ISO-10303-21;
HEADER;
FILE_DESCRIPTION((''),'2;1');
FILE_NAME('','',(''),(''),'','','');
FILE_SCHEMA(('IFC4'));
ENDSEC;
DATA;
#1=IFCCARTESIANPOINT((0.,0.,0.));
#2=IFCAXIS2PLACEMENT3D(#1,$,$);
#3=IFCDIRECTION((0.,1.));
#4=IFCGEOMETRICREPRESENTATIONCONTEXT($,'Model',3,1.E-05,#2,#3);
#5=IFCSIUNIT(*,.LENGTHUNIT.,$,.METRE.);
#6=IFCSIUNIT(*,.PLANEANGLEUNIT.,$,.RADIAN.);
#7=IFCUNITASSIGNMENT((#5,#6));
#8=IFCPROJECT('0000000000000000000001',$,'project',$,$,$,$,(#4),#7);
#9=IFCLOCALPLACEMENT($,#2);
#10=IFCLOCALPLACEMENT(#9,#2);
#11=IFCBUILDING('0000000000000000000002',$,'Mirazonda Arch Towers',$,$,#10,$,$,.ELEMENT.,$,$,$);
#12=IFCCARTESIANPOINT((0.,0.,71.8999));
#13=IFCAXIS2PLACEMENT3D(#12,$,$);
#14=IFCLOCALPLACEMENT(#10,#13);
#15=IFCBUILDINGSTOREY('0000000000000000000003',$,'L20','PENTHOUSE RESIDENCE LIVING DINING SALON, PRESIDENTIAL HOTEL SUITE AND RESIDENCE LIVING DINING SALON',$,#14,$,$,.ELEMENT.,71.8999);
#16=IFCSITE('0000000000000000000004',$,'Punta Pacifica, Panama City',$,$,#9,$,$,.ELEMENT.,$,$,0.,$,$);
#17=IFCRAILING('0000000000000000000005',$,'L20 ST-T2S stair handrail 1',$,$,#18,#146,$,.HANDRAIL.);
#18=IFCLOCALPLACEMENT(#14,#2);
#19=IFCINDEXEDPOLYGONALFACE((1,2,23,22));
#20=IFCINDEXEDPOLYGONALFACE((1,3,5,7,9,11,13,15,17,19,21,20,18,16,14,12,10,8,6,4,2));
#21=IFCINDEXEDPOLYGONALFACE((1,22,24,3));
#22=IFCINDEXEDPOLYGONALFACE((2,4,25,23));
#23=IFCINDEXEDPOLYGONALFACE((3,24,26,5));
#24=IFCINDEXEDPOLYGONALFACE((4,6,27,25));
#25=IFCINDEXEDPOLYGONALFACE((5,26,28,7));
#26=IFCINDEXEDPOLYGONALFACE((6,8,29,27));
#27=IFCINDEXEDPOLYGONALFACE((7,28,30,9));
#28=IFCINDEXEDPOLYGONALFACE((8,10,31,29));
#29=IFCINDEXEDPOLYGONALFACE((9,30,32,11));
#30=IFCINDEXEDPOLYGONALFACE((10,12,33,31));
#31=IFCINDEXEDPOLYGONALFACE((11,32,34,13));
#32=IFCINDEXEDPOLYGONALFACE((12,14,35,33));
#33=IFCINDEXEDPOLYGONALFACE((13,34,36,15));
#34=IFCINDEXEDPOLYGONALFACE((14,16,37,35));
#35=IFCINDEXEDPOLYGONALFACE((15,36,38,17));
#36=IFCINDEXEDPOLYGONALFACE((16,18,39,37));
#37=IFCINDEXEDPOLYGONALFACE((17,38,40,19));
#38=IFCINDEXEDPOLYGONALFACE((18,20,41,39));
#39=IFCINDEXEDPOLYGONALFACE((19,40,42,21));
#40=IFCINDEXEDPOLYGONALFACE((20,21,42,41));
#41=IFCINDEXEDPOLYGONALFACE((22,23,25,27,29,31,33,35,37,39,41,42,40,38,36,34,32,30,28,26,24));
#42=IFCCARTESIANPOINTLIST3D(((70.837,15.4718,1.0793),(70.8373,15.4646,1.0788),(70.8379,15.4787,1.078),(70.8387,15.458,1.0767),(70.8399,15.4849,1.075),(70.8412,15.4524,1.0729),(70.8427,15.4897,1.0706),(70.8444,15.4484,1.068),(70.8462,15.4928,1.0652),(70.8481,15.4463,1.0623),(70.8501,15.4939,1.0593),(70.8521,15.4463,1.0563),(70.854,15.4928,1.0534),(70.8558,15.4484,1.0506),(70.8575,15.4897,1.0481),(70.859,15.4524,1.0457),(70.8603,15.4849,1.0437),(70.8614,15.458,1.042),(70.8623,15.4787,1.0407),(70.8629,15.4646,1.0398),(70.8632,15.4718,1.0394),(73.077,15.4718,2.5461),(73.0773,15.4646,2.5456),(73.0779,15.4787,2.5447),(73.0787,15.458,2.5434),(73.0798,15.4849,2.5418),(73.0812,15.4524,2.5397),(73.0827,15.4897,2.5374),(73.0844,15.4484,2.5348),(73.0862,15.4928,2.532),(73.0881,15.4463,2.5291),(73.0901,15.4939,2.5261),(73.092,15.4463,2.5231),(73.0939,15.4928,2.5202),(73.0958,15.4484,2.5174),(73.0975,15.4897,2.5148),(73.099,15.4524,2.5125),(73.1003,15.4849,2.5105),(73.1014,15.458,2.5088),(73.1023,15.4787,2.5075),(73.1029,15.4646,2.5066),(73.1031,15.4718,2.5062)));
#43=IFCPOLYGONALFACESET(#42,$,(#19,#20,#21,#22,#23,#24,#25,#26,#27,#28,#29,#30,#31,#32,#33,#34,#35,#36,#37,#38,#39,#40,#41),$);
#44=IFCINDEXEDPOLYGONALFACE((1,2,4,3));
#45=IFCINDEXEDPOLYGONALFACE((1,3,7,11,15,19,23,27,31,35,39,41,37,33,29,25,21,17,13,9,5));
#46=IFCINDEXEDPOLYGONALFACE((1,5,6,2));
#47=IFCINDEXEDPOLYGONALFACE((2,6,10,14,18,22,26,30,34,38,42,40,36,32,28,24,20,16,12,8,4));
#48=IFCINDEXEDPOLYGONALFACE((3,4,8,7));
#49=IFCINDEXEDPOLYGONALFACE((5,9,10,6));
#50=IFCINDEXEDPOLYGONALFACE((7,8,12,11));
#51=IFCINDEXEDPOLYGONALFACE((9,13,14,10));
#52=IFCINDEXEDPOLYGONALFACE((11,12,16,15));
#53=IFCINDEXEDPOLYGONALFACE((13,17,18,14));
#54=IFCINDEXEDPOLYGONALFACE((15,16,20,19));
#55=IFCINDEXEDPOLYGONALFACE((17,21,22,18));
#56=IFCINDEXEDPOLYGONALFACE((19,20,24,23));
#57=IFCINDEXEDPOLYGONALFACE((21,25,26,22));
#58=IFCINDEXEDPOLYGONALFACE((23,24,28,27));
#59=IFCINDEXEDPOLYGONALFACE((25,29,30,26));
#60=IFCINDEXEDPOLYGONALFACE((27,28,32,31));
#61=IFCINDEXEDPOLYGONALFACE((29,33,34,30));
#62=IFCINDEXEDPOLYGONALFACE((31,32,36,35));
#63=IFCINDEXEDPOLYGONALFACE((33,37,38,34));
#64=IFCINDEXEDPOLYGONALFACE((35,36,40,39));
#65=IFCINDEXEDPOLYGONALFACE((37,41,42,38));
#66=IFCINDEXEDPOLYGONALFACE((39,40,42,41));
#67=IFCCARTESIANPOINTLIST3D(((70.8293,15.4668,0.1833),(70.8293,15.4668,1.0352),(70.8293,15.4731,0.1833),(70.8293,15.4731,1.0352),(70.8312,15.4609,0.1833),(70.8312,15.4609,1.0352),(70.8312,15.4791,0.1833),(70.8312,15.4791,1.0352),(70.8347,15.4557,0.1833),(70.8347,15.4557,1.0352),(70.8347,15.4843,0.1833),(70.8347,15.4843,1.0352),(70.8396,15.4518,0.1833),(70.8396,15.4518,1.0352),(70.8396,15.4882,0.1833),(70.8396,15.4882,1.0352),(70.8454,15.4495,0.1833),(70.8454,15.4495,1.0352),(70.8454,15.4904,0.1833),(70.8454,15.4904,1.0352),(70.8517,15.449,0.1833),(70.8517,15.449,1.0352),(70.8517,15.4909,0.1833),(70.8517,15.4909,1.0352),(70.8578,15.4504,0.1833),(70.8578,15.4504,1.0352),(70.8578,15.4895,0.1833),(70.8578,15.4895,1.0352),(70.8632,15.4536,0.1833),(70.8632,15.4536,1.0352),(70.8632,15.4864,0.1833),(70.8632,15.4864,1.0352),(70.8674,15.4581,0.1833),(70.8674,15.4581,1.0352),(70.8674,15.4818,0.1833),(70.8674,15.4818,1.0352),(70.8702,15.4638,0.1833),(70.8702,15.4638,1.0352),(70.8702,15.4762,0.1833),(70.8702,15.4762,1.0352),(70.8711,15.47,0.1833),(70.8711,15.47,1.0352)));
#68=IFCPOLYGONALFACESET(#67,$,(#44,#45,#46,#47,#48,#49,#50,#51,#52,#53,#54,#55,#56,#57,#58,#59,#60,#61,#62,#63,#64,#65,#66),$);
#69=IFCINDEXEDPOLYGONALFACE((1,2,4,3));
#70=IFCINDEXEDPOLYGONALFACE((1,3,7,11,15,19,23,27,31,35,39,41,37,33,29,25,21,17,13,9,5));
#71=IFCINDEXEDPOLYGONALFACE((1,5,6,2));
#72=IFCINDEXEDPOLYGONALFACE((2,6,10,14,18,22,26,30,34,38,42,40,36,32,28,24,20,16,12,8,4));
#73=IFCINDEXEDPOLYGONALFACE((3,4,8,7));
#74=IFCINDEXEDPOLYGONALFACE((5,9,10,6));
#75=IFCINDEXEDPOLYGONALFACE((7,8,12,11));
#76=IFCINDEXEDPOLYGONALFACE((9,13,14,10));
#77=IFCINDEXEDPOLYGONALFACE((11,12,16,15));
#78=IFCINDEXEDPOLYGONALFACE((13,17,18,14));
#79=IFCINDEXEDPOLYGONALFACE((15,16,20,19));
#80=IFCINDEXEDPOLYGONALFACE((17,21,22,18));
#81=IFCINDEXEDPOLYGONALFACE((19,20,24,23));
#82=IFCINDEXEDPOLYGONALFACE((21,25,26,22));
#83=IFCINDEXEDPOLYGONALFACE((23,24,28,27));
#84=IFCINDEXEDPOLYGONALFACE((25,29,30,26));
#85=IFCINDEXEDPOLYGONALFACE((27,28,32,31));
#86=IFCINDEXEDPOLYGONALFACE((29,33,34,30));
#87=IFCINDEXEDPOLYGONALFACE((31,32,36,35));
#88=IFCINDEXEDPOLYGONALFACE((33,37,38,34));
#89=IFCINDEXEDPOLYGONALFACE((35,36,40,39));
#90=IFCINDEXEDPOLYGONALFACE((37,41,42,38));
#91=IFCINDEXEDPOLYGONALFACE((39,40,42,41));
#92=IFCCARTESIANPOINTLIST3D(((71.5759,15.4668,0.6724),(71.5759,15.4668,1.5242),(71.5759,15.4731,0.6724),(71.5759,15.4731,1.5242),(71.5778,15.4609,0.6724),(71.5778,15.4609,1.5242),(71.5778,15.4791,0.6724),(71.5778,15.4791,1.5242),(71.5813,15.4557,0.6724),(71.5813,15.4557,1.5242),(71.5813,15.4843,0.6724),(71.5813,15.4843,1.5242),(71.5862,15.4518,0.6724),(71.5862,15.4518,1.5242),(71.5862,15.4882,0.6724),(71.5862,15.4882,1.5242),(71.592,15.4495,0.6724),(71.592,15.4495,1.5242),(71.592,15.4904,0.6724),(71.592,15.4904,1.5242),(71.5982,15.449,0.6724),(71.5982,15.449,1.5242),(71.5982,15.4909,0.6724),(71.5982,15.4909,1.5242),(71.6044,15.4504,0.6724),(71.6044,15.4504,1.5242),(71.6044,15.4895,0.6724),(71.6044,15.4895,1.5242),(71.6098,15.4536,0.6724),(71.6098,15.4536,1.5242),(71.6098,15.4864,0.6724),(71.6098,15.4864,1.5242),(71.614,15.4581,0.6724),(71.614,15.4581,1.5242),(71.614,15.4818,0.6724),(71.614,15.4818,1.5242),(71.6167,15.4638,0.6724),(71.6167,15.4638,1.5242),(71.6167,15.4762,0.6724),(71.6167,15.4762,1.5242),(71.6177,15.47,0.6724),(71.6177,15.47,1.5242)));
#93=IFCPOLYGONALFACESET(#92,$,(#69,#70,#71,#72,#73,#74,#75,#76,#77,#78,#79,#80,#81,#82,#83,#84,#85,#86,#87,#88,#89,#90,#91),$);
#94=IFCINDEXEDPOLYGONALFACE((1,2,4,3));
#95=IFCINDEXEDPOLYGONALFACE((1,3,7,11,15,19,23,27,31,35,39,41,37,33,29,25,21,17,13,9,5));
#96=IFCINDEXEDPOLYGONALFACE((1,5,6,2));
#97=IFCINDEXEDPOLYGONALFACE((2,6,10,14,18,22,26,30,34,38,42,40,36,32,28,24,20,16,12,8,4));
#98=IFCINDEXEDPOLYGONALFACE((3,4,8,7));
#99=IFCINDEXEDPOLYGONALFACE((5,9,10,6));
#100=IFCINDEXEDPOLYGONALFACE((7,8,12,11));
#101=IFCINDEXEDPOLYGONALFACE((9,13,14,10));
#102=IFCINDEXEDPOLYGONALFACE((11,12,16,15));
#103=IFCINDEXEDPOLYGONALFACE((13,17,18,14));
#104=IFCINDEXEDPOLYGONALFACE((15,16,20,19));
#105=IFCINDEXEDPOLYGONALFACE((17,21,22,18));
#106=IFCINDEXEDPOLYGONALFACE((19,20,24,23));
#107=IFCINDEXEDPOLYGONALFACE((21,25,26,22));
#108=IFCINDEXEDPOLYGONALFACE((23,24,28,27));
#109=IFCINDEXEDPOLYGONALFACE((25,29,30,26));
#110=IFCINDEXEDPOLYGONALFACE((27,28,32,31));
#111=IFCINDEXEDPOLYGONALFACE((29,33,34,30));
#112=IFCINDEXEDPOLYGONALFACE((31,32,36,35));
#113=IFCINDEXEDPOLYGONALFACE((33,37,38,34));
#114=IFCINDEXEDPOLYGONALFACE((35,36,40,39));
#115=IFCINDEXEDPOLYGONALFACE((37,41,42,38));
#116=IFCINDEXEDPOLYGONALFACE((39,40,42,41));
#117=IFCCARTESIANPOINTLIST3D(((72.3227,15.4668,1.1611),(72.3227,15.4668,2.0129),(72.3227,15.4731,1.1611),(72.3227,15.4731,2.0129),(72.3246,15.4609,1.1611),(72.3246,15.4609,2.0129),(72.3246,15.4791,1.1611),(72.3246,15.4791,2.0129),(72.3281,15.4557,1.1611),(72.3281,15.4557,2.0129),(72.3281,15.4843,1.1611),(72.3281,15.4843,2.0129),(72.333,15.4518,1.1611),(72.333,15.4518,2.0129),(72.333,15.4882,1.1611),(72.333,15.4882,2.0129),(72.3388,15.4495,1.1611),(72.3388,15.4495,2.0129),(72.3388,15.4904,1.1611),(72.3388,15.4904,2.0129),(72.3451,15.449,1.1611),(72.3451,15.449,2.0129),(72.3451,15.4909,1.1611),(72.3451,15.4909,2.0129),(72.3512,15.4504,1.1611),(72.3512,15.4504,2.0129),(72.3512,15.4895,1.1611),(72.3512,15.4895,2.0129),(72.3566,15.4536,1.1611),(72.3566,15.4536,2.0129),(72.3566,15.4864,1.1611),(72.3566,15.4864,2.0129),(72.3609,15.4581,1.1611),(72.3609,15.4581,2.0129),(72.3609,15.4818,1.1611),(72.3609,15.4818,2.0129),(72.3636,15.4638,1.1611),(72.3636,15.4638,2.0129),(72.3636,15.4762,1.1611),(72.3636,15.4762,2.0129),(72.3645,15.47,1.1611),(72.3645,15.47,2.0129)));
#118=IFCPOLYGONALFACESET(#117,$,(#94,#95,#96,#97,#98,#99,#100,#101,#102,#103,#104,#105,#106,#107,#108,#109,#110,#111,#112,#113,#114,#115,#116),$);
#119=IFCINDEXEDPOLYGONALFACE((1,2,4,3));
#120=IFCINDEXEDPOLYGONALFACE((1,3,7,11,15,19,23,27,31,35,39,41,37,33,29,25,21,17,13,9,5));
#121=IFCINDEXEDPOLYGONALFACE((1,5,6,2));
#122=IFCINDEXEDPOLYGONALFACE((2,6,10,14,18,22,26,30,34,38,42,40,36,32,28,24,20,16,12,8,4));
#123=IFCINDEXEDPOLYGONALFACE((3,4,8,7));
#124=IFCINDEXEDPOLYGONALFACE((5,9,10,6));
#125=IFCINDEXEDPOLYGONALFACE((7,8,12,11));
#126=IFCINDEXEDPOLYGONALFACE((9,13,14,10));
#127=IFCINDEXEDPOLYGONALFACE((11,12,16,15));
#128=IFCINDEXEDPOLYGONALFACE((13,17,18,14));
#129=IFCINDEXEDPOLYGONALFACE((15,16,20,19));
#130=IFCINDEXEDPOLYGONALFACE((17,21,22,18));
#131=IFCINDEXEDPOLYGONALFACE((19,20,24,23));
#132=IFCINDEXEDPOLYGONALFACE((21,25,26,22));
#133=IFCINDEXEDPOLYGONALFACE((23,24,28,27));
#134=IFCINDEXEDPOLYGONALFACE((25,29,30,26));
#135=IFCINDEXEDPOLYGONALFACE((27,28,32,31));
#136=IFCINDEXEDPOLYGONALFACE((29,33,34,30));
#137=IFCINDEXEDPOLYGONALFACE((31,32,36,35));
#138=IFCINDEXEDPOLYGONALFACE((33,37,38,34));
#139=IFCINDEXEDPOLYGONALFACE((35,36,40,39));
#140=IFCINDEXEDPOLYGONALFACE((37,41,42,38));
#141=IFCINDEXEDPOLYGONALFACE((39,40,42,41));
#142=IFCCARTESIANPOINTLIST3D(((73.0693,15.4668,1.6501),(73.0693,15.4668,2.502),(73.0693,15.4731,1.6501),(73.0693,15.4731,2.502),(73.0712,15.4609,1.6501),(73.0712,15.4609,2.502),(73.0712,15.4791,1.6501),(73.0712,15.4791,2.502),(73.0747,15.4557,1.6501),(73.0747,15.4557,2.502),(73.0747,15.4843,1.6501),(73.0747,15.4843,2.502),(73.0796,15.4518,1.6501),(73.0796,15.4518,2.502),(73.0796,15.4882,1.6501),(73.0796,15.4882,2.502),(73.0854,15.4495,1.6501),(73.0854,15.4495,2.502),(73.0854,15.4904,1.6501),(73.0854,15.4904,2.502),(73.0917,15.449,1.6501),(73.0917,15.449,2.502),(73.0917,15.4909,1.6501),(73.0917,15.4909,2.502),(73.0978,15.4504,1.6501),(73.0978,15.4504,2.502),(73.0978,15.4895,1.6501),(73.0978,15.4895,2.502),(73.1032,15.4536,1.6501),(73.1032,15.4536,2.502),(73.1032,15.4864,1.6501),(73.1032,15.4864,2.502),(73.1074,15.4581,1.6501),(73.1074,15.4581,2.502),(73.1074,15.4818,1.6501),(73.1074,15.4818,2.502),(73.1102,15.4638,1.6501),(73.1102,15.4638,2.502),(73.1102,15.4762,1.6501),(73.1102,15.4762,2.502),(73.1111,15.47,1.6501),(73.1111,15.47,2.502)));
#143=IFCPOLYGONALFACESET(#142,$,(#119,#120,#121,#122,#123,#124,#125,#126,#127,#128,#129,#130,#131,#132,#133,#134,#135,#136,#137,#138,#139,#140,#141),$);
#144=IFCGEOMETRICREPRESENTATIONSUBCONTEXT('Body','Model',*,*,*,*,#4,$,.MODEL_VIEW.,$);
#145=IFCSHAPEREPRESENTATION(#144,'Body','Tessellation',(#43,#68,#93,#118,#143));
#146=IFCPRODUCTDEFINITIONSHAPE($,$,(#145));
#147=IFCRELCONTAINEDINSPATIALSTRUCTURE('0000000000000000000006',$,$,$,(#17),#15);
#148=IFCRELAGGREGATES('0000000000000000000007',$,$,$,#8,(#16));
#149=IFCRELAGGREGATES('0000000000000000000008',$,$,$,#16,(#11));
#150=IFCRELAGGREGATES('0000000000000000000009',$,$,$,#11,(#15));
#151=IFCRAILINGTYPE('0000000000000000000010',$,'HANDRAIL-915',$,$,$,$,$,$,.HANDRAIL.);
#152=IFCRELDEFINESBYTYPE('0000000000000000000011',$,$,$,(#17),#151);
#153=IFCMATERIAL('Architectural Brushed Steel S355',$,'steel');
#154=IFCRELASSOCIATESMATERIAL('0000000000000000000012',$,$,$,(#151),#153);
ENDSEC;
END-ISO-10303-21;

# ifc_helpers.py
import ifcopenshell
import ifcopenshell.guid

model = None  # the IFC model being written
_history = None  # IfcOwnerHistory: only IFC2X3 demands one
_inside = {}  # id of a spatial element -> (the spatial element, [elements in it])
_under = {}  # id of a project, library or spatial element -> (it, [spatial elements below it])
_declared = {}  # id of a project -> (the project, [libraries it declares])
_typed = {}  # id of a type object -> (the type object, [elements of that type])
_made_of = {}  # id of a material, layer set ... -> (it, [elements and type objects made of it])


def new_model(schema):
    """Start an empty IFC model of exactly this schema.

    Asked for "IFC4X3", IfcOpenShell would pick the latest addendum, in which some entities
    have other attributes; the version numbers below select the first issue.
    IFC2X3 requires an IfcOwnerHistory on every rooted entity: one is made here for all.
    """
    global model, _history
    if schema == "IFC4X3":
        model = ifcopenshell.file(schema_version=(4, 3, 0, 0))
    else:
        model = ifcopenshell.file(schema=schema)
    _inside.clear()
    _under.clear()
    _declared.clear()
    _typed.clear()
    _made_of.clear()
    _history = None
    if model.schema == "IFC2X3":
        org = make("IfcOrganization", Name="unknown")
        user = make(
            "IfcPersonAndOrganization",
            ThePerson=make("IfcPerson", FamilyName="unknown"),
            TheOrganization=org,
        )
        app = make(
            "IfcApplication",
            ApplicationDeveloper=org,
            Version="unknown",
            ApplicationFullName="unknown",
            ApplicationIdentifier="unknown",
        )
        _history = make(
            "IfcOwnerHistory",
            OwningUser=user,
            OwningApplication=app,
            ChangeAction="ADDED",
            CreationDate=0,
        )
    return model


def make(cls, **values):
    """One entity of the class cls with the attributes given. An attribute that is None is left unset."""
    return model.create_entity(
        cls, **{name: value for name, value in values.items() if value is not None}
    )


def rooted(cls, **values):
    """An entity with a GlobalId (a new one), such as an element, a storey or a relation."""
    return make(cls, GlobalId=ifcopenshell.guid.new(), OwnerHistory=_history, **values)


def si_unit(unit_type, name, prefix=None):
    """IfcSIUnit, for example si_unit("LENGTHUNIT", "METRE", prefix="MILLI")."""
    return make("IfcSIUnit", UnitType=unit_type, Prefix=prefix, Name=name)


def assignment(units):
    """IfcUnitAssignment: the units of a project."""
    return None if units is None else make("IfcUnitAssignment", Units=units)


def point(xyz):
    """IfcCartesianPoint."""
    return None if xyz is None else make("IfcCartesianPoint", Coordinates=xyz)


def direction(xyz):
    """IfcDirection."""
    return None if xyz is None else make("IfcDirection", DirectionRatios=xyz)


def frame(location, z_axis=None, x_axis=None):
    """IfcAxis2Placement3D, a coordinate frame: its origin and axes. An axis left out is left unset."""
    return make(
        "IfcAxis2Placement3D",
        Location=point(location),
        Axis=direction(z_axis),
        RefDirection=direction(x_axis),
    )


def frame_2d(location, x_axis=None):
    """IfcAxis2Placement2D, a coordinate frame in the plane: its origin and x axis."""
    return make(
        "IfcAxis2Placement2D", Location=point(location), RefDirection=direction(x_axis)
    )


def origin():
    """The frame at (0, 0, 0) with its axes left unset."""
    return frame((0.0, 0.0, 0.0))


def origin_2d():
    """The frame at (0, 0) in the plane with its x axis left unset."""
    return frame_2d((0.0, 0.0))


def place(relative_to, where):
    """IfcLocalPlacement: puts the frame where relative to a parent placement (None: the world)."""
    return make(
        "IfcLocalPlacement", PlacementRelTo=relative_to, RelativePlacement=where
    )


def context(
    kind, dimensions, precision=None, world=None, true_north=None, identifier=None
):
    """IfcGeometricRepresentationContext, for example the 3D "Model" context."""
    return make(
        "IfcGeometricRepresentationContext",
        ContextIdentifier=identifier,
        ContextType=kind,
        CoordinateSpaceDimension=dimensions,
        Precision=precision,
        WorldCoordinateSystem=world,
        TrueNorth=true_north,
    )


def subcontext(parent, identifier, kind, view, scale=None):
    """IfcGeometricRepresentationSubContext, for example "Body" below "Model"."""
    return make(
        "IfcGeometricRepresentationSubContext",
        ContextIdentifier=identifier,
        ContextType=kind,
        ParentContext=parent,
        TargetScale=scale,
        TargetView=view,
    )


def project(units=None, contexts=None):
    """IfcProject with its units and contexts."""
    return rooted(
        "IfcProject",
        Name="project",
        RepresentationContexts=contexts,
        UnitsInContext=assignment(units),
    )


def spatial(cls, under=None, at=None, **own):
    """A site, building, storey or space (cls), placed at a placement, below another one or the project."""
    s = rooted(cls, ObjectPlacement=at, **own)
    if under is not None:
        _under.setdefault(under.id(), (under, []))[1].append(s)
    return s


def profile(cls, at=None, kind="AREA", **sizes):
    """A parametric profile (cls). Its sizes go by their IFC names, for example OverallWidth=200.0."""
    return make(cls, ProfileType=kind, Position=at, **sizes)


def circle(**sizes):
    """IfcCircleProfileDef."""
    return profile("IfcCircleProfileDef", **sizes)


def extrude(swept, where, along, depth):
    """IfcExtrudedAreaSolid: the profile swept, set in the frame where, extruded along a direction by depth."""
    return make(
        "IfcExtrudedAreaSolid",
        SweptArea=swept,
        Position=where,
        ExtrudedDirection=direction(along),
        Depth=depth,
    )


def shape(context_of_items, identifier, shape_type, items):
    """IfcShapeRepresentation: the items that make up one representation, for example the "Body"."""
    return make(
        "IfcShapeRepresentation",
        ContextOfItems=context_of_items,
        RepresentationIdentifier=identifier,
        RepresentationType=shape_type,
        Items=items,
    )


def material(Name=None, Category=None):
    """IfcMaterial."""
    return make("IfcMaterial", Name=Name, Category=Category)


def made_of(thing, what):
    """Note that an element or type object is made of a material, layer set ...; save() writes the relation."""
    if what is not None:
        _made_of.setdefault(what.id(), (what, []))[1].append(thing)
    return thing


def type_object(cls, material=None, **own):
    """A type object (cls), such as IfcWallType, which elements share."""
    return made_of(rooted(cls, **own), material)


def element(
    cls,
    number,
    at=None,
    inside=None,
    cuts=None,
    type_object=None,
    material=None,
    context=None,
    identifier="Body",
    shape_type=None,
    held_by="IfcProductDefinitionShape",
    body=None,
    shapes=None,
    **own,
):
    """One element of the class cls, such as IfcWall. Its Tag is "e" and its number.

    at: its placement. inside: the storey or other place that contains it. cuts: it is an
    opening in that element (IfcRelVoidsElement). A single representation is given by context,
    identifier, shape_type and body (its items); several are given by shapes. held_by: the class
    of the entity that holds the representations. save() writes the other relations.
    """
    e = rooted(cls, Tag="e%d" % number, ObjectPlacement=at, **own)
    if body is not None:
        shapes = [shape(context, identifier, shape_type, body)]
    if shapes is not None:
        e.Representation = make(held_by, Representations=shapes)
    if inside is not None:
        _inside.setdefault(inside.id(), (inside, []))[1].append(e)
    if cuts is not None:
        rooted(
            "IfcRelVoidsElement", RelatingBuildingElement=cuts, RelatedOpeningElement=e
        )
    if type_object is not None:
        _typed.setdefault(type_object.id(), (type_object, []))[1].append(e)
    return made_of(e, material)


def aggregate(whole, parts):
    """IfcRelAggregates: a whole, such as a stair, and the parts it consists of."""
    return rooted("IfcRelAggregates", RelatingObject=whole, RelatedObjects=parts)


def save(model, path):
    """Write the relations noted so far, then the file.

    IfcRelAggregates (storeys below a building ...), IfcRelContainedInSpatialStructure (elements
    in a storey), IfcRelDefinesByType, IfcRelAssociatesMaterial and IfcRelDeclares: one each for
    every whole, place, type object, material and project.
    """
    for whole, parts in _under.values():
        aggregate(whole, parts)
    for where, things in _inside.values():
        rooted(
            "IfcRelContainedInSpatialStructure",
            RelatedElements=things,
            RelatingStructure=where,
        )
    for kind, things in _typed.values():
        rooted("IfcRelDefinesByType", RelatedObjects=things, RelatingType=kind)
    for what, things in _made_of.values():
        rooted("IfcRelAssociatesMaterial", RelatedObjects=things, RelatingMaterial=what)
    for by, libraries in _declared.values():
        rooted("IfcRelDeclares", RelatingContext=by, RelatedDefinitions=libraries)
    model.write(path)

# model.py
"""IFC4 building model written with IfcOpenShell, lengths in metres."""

from ifc_helpers import new_model, si_unit, direction, frame, origin, origin_2d, place, context, subcontext, project, spatial, circle, extrude, material, type_object, element, save


model = new_model("IFC4")

# Units and contexts
model_context = context("Model", 3, precision=1e-05, world=origin(), true_north=direction((0.0, 1.0)))
body_context = subcontext(model_context, "Body", "Model", "MODEL_VIEW")
ifc_project = project(units=[si_unit("LENGTHUNIT", "METRE"), si_unit("PLANEANGLEUNIT", "RADIAN")], contexts=[model_context])

# Site, building, storey
site_placement = place(None, origin())
site = spatial("IfcSite", under=ifc_project, at=site_placement, Name="Punta Pacifica, Panama City", CompositionType="ELEMENT", RefElevation=0.0)
building_placement = place(site_placement, origin())
building = spatial("IfcBuilding", under=site, at=building_placement, Name="Mirazonda Arch Towers", CompositionType="ELEMENT")
storey_placement = place(building_placement, frame((0.0, 0.0, 71.8999)))
storey = spatial("IfcBuildingStorey", under=building, at=storey_placement, Name="L20", Description="PENTHOUSE RESIDENCE LIVING DINING SALON, PRESIDENTIAL HOTEL SUITE AND RESIDENCE LIVING DINING SALON", CompositionType="ELEMENT", Elevation=71.8999)

# Railing
ifc_material_1 = material(Name="Architectural Brushed Steel S355", Category="steel")
railing_type_1 = type_object("IfcRailingType", Name="HANDRAIL-915", PredefinedType="HANDRAIL", material=ifc_material_1)
railing_1_placement = place(storey_placement, frame((70.8501, 15.47, 0.1833)))
element("IfcRailing", 1, at=railing_1_placement, inside=storey, type_object=railing_type_1, Name="L20 ST-T2S stair handrail 1", PredefinedType="HANDRAIL", context=body_context, shape_type="SweptSolid", body=[
    extrude(circle(Radius=0.0239, at=origin_2d()), frame((0.0, 0.0, 0.876), z_axis=(0.836595, 0.0, 0.547822), x_axis=(0.0, 1.0, 0.0)), (0.0, 0.0, 1.0), 2.6775),
    extrude(circle(Radius=0.021, at=origin_2d()), origin(), (0.0, 0.0, 1.0), 0.8518),
    extrude(circle(Radius=0.021, at=origin_2d()), frame((0.7466, 0.0, 0.489)), (0.0, 0.0, 1.0), 0.8518),
    extrude(circle(Radius=0.021, at=origin_2d()), frame((1.4934, 0.0, 0.9778)), (0.0, 0.0, 1.0), 0.8518),
    extrude(circle(Radius=0.021, at=origin_2d()), frame((2.24, 0.0, 1.4668)), (0.0, 0.0, 1.0), 0.8518),
])

save(model, "model.ifc")
